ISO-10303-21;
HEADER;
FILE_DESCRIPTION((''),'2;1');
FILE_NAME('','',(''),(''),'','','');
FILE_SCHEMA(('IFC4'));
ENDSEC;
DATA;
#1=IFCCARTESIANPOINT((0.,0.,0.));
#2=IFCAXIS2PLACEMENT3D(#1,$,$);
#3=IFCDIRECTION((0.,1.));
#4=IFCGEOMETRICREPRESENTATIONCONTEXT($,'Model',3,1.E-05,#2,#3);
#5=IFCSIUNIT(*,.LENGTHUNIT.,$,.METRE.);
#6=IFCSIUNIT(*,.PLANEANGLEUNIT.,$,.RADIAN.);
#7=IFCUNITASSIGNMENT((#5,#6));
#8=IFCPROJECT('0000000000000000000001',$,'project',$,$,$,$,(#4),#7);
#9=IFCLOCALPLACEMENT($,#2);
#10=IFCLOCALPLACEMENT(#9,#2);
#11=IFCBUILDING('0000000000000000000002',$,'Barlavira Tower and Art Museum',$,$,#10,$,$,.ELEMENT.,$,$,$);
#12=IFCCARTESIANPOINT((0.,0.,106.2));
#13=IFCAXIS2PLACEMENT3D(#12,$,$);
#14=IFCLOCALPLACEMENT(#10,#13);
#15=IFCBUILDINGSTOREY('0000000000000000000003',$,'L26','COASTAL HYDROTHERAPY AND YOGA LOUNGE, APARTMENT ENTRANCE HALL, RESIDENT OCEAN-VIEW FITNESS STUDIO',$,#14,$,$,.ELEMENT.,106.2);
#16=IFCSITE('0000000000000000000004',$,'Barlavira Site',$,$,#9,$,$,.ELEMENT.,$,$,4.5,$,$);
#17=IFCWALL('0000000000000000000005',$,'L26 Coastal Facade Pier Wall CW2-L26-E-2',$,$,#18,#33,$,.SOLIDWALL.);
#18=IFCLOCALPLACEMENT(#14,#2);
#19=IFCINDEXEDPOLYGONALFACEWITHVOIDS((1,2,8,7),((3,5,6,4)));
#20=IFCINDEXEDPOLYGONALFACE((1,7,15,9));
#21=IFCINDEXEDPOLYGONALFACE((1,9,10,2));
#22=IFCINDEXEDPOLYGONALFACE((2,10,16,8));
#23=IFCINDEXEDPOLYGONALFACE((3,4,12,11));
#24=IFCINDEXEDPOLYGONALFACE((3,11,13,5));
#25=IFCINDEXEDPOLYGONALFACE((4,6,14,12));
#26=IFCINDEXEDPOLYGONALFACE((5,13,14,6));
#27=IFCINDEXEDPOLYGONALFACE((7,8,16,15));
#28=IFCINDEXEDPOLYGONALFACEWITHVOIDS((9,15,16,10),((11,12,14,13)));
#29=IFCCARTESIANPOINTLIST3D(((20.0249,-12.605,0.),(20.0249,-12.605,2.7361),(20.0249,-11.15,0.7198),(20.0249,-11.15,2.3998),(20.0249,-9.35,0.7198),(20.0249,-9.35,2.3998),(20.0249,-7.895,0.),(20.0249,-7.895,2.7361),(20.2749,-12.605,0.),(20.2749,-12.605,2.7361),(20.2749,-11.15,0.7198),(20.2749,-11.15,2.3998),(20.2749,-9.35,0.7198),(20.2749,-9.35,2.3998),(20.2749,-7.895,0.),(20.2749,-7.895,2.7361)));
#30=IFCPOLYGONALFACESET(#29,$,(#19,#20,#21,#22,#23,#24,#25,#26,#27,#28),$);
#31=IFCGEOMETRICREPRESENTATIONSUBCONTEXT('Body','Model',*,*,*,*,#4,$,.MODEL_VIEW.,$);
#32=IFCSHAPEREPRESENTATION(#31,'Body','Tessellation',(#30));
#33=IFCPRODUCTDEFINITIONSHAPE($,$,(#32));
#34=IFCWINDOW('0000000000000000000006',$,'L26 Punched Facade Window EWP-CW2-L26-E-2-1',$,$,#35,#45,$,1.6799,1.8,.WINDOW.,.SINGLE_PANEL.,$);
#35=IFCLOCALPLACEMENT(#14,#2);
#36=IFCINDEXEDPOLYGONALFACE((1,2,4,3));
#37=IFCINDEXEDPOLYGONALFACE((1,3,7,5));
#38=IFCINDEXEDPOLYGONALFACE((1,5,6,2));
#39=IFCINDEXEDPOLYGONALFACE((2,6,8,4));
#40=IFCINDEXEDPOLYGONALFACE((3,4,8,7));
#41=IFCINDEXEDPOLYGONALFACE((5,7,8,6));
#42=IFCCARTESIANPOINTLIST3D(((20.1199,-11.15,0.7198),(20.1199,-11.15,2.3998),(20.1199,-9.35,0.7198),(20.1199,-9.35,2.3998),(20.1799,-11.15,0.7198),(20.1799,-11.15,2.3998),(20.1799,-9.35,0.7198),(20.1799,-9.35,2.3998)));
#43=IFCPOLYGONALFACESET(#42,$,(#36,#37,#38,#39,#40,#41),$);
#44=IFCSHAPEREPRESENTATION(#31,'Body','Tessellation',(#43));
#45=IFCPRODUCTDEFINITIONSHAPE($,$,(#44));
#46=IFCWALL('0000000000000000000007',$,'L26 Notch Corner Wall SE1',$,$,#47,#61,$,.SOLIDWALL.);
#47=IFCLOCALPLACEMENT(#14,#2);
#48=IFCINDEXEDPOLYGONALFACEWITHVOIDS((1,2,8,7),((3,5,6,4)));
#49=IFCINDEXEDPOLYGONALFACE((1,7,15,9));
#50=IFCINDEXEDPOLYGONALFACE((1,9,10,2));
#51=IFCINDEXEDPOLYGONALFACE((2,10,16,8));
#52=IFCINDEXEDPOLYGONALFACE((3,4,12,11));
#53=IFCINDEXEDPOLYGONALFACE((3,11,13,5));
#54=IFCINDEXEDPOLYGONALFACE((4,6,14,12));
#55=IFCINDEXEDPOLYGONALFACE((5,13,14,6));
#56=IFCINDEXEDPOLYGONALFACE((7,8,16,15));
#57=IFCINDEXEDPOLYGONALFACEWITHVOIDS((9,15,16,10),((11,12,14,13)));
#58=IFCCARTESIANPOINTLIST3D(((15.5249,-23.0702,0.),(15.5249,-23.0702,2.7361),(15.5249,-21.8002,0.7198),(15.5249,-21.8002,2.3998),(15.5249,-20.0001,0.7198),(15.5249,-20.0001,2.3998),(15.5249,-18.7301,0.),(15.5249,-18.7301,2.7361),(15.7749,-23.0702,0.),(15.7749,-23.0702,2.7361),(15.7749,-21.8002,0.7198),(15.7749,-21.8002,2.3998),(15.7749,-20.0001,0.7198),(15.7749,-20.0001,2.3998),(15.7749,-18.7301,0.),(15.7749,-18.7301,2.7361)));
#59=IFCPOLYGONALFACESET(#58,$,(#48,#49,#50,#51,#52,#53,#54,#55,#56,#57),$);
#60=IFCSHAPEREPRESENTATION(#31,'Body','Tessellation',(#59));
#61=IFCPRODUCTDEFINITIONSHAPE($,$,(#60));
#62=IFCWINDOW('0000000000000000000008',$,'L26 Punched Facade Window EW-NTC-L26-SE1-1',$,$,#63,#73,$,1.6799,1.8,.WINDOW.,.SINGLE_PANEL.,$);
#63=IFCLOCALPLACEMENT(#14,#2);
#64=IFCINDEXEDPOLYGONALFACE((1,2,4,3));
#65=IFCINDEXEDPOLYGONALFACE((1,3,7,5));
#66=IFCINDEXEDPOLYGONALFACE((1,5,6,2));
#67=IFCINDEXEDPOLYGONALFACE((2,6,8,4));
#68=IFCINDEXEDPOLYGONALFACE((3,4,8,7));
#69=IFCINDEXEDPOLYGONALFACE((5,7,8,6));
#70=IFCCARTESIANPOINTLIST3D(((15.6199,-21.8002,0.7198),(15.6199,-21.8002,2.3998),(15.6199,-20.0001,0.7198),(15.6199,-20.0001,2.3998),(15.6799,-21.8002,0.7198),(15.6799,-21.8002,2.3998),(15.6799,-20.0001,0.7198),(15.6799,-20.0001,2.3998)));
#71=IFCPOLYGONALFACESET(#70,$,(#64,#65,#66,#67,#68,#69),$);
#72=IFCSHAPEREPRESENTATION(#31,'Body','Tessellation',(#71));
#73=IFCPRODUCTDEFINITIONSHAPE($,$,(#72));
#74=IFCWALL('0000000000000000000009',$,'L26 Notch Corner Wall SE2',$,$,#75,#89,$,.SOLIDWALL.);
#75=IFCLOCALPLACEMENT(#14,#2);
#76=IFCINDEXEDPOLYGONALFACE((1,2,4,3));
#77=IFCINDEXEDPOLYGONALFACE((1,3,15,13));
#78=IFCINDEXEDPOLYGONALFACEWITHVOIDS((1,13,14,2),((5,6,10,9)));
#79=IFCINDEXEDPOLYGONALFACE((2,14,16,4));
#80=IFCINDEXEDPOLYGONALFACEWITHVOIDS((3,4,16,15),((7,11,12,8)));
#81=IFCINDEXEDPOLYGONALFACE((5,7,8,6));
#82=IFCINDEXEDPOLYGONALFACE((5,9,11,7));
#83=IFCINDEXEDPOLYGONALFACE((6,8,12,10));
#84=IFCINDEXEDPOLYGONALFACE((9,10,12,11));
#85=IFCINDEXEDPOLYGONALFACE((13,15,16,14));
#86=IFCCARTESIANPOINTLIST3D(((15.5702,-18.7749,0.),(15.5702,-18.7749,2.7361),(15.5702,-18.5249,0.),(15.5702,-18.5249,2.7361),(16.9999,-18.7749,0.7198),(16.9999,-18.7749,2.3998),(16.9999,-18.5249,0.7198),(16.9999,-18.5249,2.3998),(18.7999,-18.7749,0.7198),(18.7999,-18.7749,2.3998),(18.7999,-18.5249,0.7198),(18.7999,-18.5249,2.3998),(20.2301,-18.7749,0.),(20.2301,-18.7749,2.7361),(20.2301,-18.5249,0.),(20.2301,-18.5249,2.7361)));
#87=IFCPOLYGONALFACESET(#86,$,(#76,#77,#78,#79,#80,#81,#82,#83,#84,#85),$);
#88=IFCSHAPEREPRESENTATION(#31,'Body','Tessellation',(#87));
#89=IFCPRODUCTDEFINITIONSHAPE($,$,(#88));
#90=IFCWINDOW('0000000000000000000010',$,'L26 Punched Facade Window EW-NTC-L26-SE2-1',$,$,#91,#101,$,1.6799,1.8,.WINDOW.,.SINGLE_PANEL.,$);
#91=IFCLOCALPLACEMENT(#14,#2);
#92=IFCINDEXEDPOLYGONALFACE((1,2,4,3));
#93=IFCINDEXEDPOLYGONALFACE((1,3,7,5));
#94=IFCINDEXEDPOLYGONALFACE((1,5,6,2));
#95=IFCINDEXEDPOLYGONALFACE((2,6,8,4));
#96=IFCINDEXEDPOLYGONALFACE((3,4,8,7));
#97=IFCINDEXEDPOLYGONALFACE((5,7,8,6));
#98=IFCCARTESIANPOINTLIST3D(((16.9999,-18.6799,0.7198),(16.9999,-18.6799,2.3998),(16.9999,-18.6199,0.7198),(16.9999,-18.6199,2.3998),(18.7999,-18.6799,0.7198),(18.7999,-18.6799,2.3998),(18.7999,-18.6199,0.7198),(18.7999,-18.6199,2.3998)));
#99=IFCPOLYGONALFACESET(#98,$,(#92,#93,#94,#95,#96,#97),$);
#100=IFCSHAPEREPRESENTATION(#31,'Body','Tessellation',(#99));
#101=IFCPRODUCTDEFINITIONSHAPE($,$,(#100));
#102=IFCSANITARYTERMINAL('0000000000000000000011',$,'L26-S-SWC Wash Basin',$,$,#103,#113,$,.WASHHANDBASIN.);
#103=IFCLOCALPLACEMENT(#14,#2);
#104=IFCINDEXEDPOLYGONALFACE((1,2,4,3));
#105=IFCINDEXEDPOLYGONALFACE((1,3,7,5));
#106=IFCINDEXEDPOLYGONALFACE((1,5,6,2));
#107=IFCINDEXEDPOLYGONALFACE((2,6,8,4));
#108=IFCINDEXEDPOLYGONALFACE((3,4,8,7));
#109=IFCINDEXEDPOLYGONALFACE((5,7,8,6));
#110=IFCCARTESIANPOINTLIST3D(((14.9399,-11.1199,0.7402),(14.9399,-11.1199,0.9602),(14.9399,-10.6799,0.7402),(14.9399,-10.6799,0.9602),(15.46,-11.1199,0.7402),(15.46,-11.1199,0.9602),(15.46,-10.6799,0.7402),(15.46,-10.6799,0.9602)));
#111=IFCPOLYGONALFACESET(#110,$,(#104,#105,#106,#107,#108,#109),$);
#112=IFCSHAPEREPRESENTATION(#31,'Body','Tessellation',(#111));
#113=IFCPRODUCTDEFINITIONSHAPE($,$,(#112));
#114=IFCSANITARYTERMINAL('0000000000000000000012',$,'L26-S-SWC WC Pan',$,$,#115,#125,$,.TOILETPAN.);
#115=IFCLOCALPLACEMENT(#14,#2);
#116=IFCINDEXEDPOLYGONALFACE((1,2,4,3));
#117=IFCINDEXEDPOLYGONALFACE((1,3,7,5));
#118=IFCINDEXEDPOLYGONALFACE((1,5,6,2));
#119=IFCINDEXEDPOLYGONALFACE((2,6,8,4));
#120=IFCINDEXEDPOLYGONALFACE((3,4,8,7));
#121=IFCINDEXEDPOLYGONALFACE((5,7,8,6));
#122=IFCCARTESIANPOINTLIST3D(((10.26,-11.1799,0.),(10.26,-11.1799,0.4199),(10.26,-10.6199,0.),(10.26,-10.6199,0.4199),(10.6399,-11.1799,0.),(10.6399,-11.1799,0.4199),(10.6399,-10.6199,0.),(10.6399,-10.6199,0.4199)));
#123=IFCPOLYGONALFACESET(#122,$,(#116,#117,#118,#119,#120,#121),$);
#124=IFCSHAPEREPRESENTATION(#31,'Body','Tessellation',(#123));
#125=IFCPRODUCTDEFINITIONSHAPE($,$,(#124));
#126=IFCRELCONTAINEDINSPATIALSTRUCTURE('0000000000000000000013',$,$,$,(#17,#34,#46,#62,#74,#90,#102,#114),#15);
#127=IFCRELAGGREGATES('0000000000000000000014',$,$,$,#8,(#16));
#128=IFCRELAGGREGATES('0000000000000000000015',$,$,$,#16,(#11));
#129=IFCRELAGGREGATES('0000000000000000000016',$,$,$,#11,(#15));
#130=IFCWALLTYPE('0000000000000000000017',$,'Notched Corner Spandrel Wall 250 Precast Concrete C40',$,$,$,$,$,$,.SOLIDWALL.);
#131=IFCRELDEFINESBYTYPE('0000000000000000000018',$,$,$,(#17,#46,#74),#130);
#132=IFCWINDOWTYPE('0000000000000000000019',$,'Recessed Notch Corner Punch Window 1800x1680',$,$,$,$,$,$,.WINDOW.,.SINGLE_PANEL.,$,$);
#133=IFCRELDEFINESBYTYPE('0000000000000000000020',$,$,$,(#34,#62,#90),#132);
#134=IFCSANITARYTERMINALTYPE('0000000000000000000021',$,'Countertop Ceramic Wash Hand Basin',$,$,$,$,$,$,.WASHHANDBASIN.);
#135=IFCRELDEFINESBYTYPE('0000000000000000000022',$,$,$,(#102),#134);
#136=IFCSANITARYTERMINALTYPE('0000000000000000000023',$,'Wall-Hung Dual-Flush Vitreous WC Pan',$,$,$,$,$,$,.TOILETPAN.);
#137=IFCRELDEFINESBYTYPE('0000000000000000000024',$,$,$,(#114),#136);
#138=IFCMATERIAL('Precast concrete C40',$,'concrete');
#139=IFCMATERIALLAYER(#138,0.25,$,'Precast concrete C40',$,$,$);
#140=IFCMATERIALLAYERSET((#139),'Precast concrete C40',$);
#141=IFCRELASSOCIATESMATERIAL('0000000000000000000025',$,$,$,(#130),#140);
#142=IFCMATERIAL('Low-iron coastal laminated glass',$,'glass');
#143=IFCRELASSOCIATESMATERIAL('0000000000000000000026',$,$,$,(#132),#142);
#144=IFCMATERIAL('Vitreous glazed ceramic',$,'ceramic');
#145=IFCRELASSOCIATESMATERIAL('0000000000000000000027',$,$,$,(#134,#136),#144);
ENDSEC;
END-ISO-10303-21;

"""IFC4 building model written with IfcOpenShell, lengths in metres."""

from ifc_helpers import new_model, si_unit, direction, frame, frame_2d, origin, origin_2d, place, context, subcontext, project, spatial, rectangle, extrude, material, layer, layer_set, type_object, element, fill, save


model = new_model("IFC4")

# Units and contexts
model_context = context("Model", 3, precision=1e-05, world=origin(), true_north=direction((0.0, 1.0)))
body_context = subcontext(model_context, "Body", "Model", "MODEL_VIEW")
ifc_project = project(units=[si_unit("LENGTHUNIT", "METRE"), si_unit("PLANEANGLEUNIT", "RADIAN")], contexts=[model_context])

# Site, building, storey
site_placement = place(None, origin())
site = spatial("IfcSite", under=ifc_project, at=site_placement, Name="Barlavira Site", CompositionType="ELEMENT", RefElevation=4.5)
building_placement = place(site_placement, origin())
building = spatial("IfcBuilding", under=site, at=building_placement, Name="Barlavira Tower and Art Museum", CompositionType="ELEMENT")
storey_placement = place(building_placement, frame((0.0, 0.0, 106.2)))
storey = spatial("IfcBuildingStorey", under=building, at=storey_placement, Name="L26", Description="COASTAL HYDROTHERAPY AND YOGA LOUNGE, APARTMENT ENTRANCE HALL, RESIDENT OCEAN-VIEW FITNESS STUDIO", CompositionType="ELEMENT", Elevation=106.2)

# Walls, openings, windows
ifc_material_1 = material(Name="Precast concrete C40", Category="concrete")
ifc_layer_1 = layer(ifc_material_1, 0.25, Name="Precast concrete C40")
ifc_layer_set_1 = layer_set([ifc_layer_1], Name="Precast concrete C40")
wall_type_1 = type_object("IfcWallType", Name="Notched Corner Spandrel Wall 250 Precast Concrete C40", PredefinedType="SOLIDWALL", material=ifc_layer_set_1)
ifc_material_2 = material(Name="Low-iron coastal laminated glass", Category="glass")
window_type = type_object("IfcWindowType", Name="Recessed Notch Corner Punch Window 1800x1680", PartitioningType="SINGLE_PANEL", PredefinedType="WINDOW", material=ifc_material_2)
wall_1_placement = place(storey_placement, frame((20.1499, -12.605, 0.0), z_axis=(0.0, 0.0, 1.0), x_axis=(0.0, 1.0, 0.0)))
wall_1 = element("IfcWall", 1, at=wall_1_placement, inside=storey, type_object=wall_type_1, Name="L26 Coastal Facade Pier Wall CW2-L26-E-2", PredefinedType="SOLIDWALL", context=body_context, shape_type="SweptSolid", body=[
    extrude(rectangle(XDim=4.71, YDim=0.25, at=frame_2d((2.355, 0.0))), origin(), (0.0, 0.0, 1.0), 2.7361),
])
opening_1_placement = place(wall_1_placement, frame((1.4551, 0.0, 0.72)))
opening_1 = element("IfcOpeningElement", 2, at=opening_1_placement, cuts=wall_1, PredefinedType="OPENING", context=body_context, shape_type="SweptSolid", body=[
    extrude(rectangle(XDim=1.8, YDim=1.6799, at=frame_2d((0.8999, 0.8398))), frame((0.0, 0.135, 0.0), z_axis=(0.0, -1.0, 0.0), x_axis=(1.0, 0.0, 0.0)), (0.0, 0.0, 1.0), 0.27),
])
window_1_placement = place(opening_1_placement, origin())
window_1 = element("IfcWindow", 3, at=window_1_placement, inside=storey, type_object=window_type, Name="L26 Punched Facade Window EWP-CW2-L26-E-2-1", OverallHeight=1.6799, OverallWidth=1.8, PartitioningType="SINGLE_PANEL", PredefinedType="WINDOW", context=body_context, shape_type="SweptSolid", body=[
    extrude(rectangle(XDim=1.8, YDim=1.6799, at=frame_2d((0.8999, 0.8398))), frame((0.0, 0.03, 0.0), z_axis=(0.0, -1.0, 0.0), x_axis=(1.0, 0.0, 0.0)), (0.0, 0.0, 1.0), 0.0601),
])
fill(opening_1, window_1)
wall_2_placement = place(storey_placement, frame((15.6499, -23.0701, 0.0), z_axis=(0.0, 0.0, 1.0), x_axis=(0.0, 1.0, 0.0)))
wall_2 = element("IfcWall", 4, at=wall_2_placement, inside=storey, type_object=wall_type_1, Name="L26 Notch Corner Wall SE1", PredefinedType="SOLIDWALL", context=body_context, shape_type="SweptSolid", body=[
    extrude(rectangle(XDim=4.3401, YDim=0.25, at=frame_2d((2.1699, 0.0))), origin(), (0.0, 0.0, 1.0), 2.7361),
])
opening_2_placement = place(wall_2_placement, frame((1.27, 0.0, 0.72)))
opening_2 = element("IfcOpeningElement", 5, at=opening_2_placement, cuts=wall_2, PredefinedType="OPENING", context=body_context, shape_type="SweptSolid", body=[
    extrude(rectangle(XDim=1.8, YDim=1.6799, at=frame_2d((0.8999, 0.8398))), frame((0.0, 0.135, 0.0), z_axis=(0.0, -1.0, 0.0), x_axis=(1.0, 0.0, 0.0)), (0.0, 0.0, 1.0), 0.27),
])
window_2_placement = place(opening_2_placement, origin())
window_2 = element("IfcWindow", 6, at=window_2_placement, inside=storey, type_object=window_type, Name="L26 Punched Facade Window EW-NTC-L26-SE1-1", OverallHeight=1.6799, OverallWidth=1.8, PartitioningType="SINGLE_PANEL", PredefinedType="WINDOW", context=body_context, shape_type="SweptSolid", body=[
    extrude(rectangle(XDim=1.8, YDim=1.6799, at=frame_2d((0.8999, 0.8398))), frame((0.0, 0.03, 0.0), z_axis=(0.0, -1.0, 0.0), x_axis=(1.0, 0.0, 0.0)), (0.0, 0.0, 1.0), 0.0601),
])
fill(opening_2, window_2)
wall_3_placement = place(storey_placement, frame((15.5701, -18.6499, 0.0), z_axis=(0.0, 0.0, 1.0), x_axis=(1.0, 0.0, 0.0)))
wall_3 = element("IfcWall", 7, at=wall_3_placement, inside=storey, type_object=wall_type_1, Name="L26 Notch Corner Wall SE2", PredefinedType="SOLIDWALL", context=body_context, shape_type="SweptSolid", body=[
    extrude(rectangle(XDim=4.6599, YDim=0.25, at=frame_2d((2.3301, 0.0))), origin(), (0.0, 0.0, 1.0), 2.7361),
])
opening_3_placement = place(wall_3_placement, frame((1.4299, 0.0, 0.72)))
opening_3 = element("IfcOpeningElement", 8, at=opening_3_placement, cuts=wall_3, PredefinedType="OPENING", context=body_context, shape_type="SweptSolid", body=[
    extrude(rectangle(XDim=1.8, YDim=1.6799, at=frame_2d((0.8999, 0.8398))), frame((0.0, 0.135, 0.0), z_axis=(0.0, -1.0, 0.0), x_axis=(1.0, 0.0, 0.0)), (0.0, 0.0, 1.0), 0.27),
])
window_3_placement = place(opening_3_placement, origin())
window_3 = element("IfcWindow", 9, at=window_3_placement, inside=storey, type_object=window_type, Name="L26 Punched Facade Window EW-NTC-L26-SE2-1", OverallHeight=1.6799, OverallWidth=1.8, PartitioningType="SINGLE_PANEL", PredefinedType="WINDOW", context=body_context, shape_type="SweptSolid", body=[
    extrude(rectangle(XDim=1.8, YDim=1.6799, at=frame_2d((0.8999, 0.8398))), frame((0.0, 0.03, 0.0), z_axis=(0.0, -1.0, 0.0), x_axis=(1.0, 0.0, 0.0)), (0.0, 0.0, 1.0), 0.0601),
])
fill(opening_3, window_3)

# Sanitary terminals
ifc_material_3 = material(Name="Vitreous glazed ceramic", Category="ceramic")
sanitary_terminal_type_1 = type_object("IfcSanitaryTerminalType", Name="Countertop Ceramic Wash Hand Basin", PredefinedType="WASHHANDBASIN", material=ifc_material_3)
sanitary_terminal_1_placement = place(storey_placement, frame((15.2, -10.8999, 0.7402), z_axis=(0.0, 0.0, 1.0), x_axis=(1.0, 0.0, 0.0)))
element("IfcSanitaryTerminal", 10, at=sanitary_terminal_1_placement, inside=storey, type_object=sanitary_terminal_type_1, Name="L26-S-SWC Wash Basin", PredefinedType="WASHHANDBASIN", context=body_context, shape_type="SweptSolid", body=[
    extrude(rectangle(XDim=0.52, YDim=0.4399, at=origin_2d()), origin(), (0.0, 0.0, 1.0), 0.22),
])
sanitary_terminal_type_2 = type_object("IfcSanitaryTerminalType", Name="Wall-Hung Dual-Flush Vitreous WC Pan", PredefinedType="TOILETPAN", material=ifc_material_3)
sanitary_terminal_2_placement = place(storey_placement, frame((10.45, -10.8999, 0.0), z_axis=(0.0, 0.0, 1.0), x_axis=(1.0, 0.0, 0.0)))
element("IfcSanitaryTerminal", 11, at=sanitary_terminal_2_placement, inside=storey, type_object=sanitary_terminal_type_2, Name="L26-S-SWC WC Pan", PredefinedType="TOILETPAN", context=body_context, shape_type="SweptSolid", body=[
    extrude(rectangle(XDim=0.3799, YDim=0.5601, at=origin_2d()), origin(), (0.0, 0.0, 1.0), 0.4199),
])

save(model, "model.ifc")
